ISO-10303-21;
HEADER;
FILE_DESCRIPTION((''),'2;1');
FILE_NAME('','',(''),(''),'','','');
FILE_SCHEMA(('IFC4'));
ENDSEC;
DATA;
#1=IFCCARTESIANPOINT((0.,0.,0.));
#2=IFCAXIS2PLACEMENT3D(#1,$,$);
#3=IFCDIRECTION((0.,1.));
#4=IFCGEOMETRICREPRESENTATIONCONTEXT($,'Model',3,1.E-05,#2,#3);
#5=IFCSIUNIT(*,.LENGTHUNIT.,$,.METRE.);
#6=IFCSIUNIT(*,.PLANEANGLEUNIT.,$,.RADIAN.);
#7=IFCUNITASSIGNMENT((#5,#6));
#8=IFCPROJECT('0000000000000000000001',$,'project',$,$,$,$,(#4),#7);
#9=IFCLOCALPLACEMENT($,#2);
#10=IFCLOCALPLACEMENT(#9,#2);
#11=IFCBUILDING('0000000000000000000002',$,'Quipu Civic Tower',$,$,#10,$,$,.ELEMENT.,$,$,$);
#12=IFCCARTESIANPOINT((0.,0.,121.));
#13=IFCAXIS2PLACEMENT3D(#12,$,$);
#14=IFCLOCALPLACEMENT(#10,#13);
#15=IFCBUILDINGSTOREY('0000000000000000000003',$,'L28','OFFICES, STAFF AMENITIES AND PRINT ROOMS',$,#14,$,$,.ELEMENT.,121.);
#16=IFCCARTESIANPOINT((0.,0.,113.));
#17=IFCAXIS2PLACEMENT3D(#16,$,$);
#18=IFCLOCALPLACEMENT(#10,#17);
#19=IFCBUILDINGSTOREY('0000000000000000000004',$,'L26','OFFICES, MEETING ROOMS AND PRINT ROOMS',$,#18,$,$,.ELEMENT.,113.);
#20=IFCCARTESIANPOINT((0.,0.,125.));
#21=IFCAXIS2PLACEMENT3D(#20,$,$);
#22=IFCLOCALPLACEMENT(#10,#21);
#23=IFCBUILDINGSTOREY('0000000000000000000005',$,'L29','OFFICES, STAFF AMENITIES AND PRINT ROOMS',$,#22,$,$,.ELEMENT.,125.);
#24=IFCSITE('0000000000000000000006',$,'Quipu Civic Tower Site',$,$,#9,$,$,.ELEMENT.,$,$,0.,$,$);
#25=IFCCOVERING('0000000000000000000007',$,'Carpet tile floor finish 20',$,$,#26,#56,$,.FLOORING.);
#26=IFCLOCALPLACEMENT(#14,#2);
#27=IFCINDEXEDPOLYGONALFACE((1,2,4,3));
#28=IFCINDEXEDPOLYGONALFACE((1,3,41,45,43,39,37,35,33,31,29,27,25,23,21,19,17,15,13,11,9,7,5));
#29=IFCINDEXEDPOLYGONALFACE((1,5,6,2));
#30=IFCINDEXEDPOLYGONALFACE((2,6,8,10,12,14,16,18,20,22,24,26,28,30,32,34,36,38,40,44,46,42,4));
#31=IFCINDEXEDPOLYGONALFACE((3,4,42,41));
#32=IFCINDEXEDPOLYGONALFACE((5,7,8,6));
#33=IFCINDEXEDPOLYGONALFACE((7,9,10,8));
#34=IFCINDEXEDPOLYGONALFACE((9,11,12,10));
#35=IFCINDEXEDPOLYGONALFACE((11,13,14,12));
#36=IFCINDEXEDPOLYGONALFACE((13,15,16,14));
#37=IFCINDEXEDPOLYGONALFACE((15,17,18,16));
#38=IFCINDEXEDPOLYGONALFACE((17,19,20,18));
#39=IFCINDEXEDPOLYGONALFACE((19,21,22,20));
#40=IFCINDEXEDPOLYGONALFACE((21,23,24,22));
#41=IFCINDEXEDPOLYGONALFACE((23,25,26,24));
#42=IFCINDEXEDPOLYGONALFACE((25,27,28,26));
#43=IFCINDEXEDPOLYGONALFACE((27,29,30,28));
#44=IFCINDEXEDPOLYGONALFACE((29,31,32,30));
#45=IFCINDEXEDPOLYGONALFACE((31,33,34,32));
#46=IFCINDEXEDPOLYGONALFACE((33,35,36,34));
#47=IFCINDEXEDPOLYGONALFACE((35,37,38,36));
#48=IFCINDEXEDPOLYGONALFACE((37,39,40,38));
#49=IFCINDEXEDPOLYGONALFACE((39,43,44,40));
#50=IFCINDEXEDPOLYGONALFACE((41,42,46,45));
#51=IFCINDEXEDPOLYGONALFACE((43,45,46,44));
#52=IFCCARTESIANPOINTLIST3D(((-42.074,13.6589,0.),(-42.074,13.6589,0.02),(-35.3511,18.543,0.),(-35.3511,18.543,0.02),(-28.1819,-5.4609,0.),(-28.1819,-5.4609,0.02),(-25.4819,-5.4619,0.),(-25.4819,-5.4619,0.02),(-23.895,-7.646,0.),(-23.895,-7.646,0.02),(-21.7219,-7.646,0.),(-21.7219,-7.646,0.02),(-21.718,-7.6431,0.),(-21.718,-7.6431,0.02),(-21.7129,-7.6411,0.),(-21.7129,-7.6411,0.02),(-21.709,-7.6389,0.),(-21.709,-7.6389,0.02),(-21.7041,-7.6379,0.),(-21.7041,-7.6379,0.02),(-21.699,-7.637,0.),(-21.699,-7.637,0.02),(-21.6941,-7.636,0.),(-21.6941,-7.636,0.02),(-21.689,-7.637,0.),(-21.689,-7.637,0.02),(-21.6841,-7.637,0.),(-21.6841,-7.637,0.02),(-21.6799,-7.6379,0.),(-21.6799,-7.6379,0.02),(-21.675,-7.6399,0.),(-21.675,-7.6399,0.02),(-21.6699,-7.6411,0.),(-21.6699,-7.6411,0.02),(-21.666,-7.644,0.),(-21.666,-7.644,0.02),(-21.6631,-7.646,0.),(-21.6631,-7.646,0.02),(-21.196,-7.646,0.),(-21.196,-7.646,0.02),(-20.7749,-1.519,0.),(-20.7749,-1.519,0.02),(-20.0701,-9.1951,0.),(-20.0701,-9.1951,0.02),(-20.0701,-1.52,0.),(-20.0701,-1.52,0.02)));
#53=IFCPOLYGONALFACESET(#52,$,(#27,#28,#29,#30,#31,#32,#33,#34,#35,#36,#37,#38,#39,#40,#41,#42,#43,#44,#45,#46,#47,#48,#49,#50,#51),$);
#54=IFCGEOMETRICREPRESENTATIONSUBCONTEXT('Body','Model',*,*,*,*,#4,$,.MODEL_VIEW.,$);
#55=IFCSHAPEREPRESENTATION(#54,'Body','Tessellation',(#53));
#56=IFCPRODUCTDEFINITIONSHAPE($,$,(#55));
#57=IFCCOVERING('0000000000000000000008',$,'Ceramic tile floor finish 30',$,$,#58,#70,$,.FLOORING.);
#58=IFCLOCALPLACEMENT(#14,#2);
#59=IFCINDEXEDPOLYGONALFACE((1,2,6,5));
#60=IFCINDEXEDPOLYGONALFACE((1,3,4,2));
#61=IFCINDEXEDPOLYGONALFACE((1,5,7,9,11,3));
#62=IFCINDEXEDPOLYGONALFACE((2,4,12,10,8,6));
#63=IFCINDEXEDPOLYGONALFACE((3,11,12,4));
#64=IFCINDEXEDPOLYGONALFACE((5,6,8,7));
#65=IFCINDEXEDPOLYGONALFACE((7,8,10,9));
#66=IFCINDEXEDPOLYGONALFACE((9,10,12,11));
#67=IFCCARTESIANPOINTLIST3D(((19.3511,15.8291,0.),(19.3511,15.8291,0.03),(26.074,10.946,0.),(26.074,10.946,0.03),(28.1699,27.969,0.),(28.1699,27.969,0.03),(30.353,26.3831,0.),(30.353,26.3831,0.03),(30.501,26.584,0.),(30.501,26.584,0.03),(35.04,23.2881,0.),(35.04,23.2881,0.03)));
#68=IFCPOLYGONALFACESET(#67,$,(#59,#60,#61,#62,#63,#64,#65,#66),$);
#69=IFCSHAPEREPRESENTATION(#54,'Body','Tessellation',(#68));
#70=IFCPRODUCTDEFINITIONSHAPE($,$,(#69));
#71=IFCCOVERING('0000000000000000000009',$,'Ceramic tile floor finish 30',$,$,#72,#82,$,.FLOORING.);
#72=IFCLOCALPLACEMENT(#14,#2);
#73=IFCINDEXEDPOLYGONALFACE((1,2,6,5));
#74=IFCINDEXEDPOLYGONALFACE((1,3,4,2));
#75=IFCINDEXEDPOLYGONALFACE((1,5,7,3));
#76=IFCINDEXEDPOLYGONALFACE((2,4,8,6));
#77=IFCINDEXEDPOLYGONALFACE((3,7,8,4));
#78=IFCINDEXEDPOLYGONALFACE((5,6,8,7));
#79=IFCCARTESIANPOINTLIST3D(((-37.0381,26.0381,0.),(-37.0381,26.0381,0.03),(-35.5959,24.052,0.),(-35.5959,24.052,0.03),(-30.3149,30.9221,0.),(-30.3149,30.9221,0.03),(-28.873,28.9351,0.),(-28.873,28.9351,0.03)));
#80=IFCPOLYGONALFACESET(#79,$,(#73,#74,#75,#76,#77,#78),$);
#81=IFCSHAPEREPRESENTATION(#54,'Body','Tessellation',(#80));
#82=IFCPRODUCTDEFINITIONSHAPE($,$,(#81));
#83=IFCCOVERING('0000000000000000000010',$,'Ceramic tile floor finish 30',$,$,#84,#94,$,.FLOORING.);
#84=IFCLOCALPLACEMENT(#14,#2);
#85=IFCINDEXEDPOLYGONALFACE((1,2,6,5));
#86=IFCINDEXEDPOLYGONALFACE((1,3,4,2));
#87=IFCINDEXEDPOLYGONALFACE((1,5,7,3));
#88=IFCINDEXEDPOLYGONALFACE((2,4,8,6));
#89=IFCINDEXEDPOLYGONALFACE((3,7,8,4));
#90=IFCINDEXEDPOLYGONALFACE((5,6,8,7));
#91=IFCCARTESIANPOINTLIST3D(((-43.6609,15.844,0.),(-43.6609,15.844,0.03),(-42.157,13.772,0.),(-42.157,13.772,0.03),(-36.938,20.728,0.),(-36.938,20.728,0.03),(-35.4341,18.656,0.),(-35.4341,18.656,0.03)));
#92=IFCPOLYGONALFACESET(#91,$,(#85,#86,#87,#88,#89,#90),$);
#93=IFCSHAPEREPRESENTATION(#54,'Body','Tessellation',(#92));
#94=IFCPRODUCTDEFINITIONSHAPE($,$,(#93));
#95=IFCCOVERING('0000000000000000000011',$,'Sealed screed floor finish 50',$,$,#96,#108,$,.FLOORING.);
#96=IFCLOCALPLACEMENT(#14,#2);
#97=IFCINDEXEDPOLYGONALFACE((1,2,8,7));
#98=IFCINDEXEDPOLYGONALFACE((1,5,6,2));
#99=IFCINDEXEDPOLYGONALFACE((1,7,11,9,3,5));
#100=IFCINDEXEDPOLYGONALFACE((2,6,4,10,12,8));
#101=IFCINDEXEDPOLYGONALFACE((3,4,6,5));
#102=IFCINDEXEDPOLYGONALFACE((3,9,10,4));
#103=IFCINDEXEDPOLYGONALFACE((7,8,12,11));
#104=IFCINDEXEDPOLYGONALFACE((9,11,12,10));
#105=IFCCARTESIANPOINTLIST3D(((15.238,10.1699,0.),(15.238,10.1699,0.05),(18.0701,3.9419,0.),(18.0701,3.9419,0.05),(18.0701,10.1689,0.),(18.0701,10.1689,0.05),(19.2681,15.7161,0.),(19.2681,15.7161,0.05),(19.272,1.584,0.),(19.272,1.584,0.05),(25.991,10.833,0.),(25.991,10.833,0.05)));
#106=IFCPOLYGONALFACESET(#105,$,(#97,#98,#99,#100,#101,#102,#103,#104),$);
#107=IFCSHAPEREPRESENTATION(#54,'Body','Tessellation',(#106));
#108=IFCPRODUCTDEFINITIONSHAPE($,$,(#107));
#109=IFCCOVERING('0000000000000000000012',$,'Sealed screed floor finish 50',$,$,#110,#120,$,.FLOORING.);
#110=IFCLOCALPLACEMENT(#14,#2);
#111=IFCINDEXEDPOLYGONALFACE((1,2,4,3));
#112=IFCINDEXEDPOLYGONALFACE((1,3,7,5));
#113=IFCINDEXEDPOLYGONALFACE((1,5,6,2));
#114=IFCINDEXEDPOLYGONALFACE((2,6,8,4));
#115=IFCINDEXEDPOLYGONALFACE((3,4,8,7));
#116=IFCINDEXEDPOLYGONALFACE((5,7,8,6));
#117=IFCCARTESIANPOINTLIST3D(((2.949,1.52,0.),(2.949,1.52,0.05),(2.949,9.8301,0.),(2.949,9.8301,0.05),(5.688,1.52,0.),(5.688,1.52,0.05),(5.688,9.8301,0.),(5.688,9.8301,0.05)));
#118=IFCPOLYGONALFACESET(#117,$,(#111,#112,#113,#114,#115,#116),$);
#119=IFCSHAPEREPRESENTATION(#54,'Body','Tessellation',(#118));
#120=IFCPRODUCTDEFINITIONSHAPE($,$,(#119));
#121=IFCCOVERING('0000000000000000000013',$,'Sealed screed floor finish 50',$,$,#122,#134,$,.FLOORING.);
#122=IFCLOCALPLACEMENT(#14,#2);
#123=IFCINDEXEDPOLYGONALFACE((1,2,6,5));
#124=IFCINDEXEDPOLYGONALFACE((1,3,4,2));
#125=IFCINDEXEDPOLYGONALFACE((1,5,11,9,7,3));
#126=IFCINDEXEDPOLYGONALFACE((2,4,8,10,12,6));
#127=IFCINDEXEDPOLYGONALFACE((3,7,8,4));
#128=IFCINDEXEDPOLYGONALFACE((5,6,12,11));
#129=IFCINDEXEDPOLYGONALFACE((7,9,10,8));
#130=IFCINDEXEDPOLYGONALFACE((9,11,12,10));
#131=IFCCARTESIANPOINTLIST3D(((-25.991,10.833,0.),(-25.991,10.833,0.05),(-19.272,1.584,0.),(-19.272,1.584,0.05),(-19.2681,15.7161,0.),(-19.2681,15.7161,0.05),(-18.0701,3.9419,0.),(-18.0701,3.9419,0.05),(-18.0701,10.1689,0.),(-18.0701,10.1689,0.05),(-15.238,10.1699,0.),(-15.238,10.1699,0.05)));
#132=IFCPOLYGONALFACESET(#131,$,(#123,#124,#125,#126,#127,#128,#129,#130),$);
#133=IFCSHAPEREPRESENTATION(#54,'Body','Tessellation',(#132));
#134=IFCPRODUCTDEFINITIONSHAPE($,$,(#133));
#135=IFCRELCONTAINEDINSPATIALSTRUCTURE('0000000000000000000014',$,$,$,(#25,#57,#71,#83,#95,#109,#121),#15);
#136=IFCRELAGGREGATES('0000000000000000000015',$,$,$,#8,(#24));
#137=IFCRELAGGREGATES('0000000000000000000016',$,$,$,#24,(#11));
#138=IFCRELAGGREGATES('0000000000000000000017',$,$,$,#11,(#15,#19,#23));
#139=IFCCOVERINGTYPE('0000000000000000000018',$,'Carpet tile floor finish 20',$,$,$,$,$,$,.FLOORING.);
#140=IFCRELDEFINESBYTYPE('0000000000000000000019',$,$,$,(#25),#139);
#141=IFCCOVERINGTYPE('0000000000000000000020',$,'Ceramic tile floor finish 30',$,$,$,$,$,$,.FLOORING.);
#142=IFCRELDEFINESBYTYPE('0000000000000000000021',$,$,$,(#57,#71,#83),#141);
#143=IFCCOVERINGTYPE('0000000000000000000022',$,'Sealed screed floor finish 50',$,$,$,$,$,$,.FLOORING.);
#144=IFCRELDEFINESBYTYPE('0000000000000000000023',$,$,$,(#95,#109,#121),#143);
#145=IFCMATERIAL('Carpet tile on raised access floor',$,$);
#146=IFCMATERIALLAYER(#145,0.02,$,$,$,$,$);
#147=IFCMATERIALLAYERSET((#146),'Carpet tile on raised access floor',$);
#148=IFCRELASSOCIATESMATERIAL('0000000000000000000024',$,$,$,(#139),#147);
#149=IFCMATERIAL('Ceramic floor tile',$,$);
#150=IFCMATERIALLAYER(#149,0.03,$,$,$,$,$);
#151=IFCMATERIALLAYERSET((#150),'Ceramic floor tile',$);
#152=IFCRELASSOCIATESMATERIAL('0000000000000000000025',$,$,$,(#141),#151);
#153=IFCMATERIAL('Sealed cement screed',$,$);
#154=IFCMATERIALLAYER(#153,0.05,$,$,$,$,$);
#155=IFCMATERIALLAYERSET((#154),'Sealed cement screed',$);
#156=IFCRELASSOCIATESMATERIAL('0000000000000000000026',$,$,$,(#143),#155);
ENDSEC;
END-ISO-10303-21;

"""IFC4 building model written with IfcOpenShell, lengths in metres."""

from ifc_helpers import new_model, si_unit, direction, frame, origin, place, context, subcontext, project, spatial, polyline, outline, extrude, material, layer, layer_set, type_object, element, save


model = new_model("IFC4")

# Units and contexts
model_context = context("Model", 3, precision=1e-05, world=origin(), true_north=direction((0.0, 1.0)))
body_context = subcontext(model_context, "Body", "Model", "MODEL_VIEW")
ifc_project = project(units=[si_unit("LENGTHUNIT", "METRE"), si_unit("PLANEANGLEUNIT", "RADIAN")], contexts=[model_context])

# Site, building, storey
site_placement = place(None, origin())
site = spatial("IfcSite", under=ifc_project, at=site_placement, Name="Quipu Civic Tower Site", CompositionType="ELEMENT", RefElevation=0.0)
building_placement = place(site_placement, origin())
building = spatial("IfcBuilding", under=site, at=building_placement, Name="Quipu Civic Tower", CompositionType="ELEMENT")
storey_1_placement = place(building_placement, frame((0.0, 0.0, 121.0)))
storey_1 = spatial("IfcBuildingStorey", under=building, at=storey_1_placement, Name="L28", Description="OFFICES, STAFF AMENITIES AND PRINT ROOMS", CompositionType="ELEMENT", Elevation=121.0)

# Shared definitions
storey_2_placement = place(building_placement, frame((0.0, 0.0, 113.0)))
storey_2 = spatial("IfcBuildingStorey", under=building, at=storey_2_placement, Name="L26", Description="OFFICES, MEETING ROOMS AND PRINT ROOMS", CompositionType="ELEMENT", Elevation=113.0)

# Shared definitions
storey_3_placement = place(building_placement, frame((0.0, 0.0, 125.0)))
storey_3 = spatial("IfcBuildingStorey", under=building, at=storey_3_placement, Name="L29", Description="OFFICES, STAFF AMENITIES AND PRINT ROOMS", CompositionType="ELEMENT", Elevation=125.0)

# Coverings
ifc_material_1 = material(Name="Carpet tile on raised access floor")
ifc_layer_1 = layer(ifc_material_1, 0.02)
ifc_layer_set_1 = layer_set([ifc_layer_1], Name="Carpet tile on raised access floor")
covering_type_1 = type_object("IfcCoveringType", Name="Carpet tile floor finish 20", PredefinedType="FLOORING", material=ifc_layer_set_1)
covering_1_placement = place(storey_1_placement, origin())
element("IfcCovering", 1, at=covering_1_placement, inside=storey_1, type_object=covering_type_1, Name="Carpet tile floor finish 20", PredefinedType="FLOORING", context=body_context, shape_type="SweptSolid", body=[
    extrude(outline(polyline([(-42.074, 13.6589), (-35.3511, 18.543), (-20.7749, -1.519), (-20.0701, -1.52), (-20.0701, -9.1951), (-21.196, -7.646), (-21.6631, -7.646), (-21.666, -7.644), (-21.6699, -7.6411), (-21.675, -7.6399), (-21.6799, -7.6379), (-21.6841, -7.637), (-21.689, -7.637), (-21.6941, -7.636), (-21.699, -7.637), (-21.7041, -7.6379), (-21.709, -7.6389), (-21.7129, -7.6411), (-21.718, -7.6431), (-21.7219, -7.646), (-21.7219, -7.646), (-23.895, -7.646), (-25.4819, -5.4619), (-28.1819, -5.4609), (-42.074, 13.6589)])), origin(), (0.0, 0.0, 1.0), 0.02),
])
ifc_material_2 = material(Name="Ceramic floor tile")
ifc_layer_2 = layer(ifc_material_2, 0.03)
ifc_layer_set_2 = layer_set([ifc_layer_2], Name="Ceramic floor tile")
covering_type_2 = type_object("IfcCoveringType", Name="Ceramic tile floor finish 30", PredefinedType="FLOORING", material=ifc_layer_set_2)
covering_2_placement = place(storey_1_placement, origin())
element("IfcCovering", 2, at=covering_2_placement, inside=storey_1, type_object=covering_type_2, Name="Ceramic tile floor finish 30", PredefinedType="FLOORING", context=body_context, shape_type="SweptSolid", body=[
    extrude(outline(polyline([(19.3511, 15.8291), (28.1699, 27.969), (30.353, 26.3831), (30.501, 26.584), (35.04, 23.2881), (26.074, 10.946), (19.3511, 15.8291)])), origin(), (0.0, 0.0, 1.0), 0.03),
])
covering_3_placement = place(storey_1_placement, origin())
element("IfcCovering", 3, at=covering_3_placement, inside=storey_1, type_object=covering_type_2, Name="Ceramic tile floor finish 30", PredefinedType="FLOORING", context=body_context, shape_type="SweptSolid", body=[
    extrude(outline(polyline([(-37.0381, 26.0381), (-30.3149, 30.9221), (-28.873, 28.9351), (-35.5959, 24.052), (-37.0381, 26.0381)])), origin(), (0.0, 0.0, 1.0), 0.03),
])
covering_4_placement = place(storey_1_placement, origin())
element("IfcCovering", 4, at=covering_4_placement, inside=storey_1, type_object=covering_type_2, Name="Ceramic tile floor finish 30", PredefinedType="FLOORING", context=body_context, shape_type="SweptSolid", body=[
    extrude(outline(polyline([(-43.6609, 15.844), (-36.938, 20.728), (-35.4341, 18.656), (-42.157, 13.772), (-43.6609, 15.844)])), origin(), (0.0, 0.0, 1.0), 0.03),
])
ifc_material_3 = material(Name="Sealed cement screed")
ifc_layer_3 = layer(ifc_material_3, 0.05)
ifc_layer_set_3 = layer_set([ifc_layer_3], Name="Sealed cement screed")
covering_type_3 = type_object("IfcCoveringType", Name="Sealed screed floor finish 50", PredefinedType="FLOORING", material=ifc_layer_set_3)
covering_5_placement = place(storey_1_placement, origin())
element("IfcCovering", 5, at=covering_5_placement, inside=storey_1, type_object=covering_type_3, Name="Sealed screed floor finish 50", PredefinedType="FLOORING", context=body_context, shape_type="SweptSolid", body=[
    extrude(outline(polyline([(15.238, 10.1699), (19.2681, 15.7161), (25.991, 10.833), (19.272, 1.584), (18.0701, 3.9419), (18.0701, 10.1689), (15.238, 10.1699)])), origin(), (0.0, 0.0, 1.0), 0.05),
])
covering_6_placement = place(storey_1_placement, origin())
element("IfcCovering", 6, at=covering_6_placement, inside=storey_1, type_object=covering_type_3, Name="Sealed screed floor finish 50", PredefinedType="FLOORING", context=body_context, shape_type="SweptSolid", body=[
    extrude(outline(polyline([(2.949, 1.52), (2.949, 9.8301), (5.688, 9.8301), (5.688, 1.52), (2.949, 1.52)])), origin(), (0.0, 0.0, 1.0), 0.05),
])
covering_7_placement = place(storey_1_placement, origin())
element("IfcCovering", 7, at=covering_7_placement, inside=storey_1, type_object=covering_type_3, Name="Sealed screed floor finish 50", PredefinedType="FLOORING", context=body_context, shape_type="SweptSolid", body=[
    extrude(outline(polyline([(-25.991, 10.833), (-19.2681, 15.7161), (-15.238, 10.1699), (-18.0701, 10.1689), (-18.0701, 3.9419), (-19.272, 1.584), (-25.991, 10.833)])), origin(), (0.0, 0.0, 1.0), 0.05),
])

save(model, "model.ifc")
